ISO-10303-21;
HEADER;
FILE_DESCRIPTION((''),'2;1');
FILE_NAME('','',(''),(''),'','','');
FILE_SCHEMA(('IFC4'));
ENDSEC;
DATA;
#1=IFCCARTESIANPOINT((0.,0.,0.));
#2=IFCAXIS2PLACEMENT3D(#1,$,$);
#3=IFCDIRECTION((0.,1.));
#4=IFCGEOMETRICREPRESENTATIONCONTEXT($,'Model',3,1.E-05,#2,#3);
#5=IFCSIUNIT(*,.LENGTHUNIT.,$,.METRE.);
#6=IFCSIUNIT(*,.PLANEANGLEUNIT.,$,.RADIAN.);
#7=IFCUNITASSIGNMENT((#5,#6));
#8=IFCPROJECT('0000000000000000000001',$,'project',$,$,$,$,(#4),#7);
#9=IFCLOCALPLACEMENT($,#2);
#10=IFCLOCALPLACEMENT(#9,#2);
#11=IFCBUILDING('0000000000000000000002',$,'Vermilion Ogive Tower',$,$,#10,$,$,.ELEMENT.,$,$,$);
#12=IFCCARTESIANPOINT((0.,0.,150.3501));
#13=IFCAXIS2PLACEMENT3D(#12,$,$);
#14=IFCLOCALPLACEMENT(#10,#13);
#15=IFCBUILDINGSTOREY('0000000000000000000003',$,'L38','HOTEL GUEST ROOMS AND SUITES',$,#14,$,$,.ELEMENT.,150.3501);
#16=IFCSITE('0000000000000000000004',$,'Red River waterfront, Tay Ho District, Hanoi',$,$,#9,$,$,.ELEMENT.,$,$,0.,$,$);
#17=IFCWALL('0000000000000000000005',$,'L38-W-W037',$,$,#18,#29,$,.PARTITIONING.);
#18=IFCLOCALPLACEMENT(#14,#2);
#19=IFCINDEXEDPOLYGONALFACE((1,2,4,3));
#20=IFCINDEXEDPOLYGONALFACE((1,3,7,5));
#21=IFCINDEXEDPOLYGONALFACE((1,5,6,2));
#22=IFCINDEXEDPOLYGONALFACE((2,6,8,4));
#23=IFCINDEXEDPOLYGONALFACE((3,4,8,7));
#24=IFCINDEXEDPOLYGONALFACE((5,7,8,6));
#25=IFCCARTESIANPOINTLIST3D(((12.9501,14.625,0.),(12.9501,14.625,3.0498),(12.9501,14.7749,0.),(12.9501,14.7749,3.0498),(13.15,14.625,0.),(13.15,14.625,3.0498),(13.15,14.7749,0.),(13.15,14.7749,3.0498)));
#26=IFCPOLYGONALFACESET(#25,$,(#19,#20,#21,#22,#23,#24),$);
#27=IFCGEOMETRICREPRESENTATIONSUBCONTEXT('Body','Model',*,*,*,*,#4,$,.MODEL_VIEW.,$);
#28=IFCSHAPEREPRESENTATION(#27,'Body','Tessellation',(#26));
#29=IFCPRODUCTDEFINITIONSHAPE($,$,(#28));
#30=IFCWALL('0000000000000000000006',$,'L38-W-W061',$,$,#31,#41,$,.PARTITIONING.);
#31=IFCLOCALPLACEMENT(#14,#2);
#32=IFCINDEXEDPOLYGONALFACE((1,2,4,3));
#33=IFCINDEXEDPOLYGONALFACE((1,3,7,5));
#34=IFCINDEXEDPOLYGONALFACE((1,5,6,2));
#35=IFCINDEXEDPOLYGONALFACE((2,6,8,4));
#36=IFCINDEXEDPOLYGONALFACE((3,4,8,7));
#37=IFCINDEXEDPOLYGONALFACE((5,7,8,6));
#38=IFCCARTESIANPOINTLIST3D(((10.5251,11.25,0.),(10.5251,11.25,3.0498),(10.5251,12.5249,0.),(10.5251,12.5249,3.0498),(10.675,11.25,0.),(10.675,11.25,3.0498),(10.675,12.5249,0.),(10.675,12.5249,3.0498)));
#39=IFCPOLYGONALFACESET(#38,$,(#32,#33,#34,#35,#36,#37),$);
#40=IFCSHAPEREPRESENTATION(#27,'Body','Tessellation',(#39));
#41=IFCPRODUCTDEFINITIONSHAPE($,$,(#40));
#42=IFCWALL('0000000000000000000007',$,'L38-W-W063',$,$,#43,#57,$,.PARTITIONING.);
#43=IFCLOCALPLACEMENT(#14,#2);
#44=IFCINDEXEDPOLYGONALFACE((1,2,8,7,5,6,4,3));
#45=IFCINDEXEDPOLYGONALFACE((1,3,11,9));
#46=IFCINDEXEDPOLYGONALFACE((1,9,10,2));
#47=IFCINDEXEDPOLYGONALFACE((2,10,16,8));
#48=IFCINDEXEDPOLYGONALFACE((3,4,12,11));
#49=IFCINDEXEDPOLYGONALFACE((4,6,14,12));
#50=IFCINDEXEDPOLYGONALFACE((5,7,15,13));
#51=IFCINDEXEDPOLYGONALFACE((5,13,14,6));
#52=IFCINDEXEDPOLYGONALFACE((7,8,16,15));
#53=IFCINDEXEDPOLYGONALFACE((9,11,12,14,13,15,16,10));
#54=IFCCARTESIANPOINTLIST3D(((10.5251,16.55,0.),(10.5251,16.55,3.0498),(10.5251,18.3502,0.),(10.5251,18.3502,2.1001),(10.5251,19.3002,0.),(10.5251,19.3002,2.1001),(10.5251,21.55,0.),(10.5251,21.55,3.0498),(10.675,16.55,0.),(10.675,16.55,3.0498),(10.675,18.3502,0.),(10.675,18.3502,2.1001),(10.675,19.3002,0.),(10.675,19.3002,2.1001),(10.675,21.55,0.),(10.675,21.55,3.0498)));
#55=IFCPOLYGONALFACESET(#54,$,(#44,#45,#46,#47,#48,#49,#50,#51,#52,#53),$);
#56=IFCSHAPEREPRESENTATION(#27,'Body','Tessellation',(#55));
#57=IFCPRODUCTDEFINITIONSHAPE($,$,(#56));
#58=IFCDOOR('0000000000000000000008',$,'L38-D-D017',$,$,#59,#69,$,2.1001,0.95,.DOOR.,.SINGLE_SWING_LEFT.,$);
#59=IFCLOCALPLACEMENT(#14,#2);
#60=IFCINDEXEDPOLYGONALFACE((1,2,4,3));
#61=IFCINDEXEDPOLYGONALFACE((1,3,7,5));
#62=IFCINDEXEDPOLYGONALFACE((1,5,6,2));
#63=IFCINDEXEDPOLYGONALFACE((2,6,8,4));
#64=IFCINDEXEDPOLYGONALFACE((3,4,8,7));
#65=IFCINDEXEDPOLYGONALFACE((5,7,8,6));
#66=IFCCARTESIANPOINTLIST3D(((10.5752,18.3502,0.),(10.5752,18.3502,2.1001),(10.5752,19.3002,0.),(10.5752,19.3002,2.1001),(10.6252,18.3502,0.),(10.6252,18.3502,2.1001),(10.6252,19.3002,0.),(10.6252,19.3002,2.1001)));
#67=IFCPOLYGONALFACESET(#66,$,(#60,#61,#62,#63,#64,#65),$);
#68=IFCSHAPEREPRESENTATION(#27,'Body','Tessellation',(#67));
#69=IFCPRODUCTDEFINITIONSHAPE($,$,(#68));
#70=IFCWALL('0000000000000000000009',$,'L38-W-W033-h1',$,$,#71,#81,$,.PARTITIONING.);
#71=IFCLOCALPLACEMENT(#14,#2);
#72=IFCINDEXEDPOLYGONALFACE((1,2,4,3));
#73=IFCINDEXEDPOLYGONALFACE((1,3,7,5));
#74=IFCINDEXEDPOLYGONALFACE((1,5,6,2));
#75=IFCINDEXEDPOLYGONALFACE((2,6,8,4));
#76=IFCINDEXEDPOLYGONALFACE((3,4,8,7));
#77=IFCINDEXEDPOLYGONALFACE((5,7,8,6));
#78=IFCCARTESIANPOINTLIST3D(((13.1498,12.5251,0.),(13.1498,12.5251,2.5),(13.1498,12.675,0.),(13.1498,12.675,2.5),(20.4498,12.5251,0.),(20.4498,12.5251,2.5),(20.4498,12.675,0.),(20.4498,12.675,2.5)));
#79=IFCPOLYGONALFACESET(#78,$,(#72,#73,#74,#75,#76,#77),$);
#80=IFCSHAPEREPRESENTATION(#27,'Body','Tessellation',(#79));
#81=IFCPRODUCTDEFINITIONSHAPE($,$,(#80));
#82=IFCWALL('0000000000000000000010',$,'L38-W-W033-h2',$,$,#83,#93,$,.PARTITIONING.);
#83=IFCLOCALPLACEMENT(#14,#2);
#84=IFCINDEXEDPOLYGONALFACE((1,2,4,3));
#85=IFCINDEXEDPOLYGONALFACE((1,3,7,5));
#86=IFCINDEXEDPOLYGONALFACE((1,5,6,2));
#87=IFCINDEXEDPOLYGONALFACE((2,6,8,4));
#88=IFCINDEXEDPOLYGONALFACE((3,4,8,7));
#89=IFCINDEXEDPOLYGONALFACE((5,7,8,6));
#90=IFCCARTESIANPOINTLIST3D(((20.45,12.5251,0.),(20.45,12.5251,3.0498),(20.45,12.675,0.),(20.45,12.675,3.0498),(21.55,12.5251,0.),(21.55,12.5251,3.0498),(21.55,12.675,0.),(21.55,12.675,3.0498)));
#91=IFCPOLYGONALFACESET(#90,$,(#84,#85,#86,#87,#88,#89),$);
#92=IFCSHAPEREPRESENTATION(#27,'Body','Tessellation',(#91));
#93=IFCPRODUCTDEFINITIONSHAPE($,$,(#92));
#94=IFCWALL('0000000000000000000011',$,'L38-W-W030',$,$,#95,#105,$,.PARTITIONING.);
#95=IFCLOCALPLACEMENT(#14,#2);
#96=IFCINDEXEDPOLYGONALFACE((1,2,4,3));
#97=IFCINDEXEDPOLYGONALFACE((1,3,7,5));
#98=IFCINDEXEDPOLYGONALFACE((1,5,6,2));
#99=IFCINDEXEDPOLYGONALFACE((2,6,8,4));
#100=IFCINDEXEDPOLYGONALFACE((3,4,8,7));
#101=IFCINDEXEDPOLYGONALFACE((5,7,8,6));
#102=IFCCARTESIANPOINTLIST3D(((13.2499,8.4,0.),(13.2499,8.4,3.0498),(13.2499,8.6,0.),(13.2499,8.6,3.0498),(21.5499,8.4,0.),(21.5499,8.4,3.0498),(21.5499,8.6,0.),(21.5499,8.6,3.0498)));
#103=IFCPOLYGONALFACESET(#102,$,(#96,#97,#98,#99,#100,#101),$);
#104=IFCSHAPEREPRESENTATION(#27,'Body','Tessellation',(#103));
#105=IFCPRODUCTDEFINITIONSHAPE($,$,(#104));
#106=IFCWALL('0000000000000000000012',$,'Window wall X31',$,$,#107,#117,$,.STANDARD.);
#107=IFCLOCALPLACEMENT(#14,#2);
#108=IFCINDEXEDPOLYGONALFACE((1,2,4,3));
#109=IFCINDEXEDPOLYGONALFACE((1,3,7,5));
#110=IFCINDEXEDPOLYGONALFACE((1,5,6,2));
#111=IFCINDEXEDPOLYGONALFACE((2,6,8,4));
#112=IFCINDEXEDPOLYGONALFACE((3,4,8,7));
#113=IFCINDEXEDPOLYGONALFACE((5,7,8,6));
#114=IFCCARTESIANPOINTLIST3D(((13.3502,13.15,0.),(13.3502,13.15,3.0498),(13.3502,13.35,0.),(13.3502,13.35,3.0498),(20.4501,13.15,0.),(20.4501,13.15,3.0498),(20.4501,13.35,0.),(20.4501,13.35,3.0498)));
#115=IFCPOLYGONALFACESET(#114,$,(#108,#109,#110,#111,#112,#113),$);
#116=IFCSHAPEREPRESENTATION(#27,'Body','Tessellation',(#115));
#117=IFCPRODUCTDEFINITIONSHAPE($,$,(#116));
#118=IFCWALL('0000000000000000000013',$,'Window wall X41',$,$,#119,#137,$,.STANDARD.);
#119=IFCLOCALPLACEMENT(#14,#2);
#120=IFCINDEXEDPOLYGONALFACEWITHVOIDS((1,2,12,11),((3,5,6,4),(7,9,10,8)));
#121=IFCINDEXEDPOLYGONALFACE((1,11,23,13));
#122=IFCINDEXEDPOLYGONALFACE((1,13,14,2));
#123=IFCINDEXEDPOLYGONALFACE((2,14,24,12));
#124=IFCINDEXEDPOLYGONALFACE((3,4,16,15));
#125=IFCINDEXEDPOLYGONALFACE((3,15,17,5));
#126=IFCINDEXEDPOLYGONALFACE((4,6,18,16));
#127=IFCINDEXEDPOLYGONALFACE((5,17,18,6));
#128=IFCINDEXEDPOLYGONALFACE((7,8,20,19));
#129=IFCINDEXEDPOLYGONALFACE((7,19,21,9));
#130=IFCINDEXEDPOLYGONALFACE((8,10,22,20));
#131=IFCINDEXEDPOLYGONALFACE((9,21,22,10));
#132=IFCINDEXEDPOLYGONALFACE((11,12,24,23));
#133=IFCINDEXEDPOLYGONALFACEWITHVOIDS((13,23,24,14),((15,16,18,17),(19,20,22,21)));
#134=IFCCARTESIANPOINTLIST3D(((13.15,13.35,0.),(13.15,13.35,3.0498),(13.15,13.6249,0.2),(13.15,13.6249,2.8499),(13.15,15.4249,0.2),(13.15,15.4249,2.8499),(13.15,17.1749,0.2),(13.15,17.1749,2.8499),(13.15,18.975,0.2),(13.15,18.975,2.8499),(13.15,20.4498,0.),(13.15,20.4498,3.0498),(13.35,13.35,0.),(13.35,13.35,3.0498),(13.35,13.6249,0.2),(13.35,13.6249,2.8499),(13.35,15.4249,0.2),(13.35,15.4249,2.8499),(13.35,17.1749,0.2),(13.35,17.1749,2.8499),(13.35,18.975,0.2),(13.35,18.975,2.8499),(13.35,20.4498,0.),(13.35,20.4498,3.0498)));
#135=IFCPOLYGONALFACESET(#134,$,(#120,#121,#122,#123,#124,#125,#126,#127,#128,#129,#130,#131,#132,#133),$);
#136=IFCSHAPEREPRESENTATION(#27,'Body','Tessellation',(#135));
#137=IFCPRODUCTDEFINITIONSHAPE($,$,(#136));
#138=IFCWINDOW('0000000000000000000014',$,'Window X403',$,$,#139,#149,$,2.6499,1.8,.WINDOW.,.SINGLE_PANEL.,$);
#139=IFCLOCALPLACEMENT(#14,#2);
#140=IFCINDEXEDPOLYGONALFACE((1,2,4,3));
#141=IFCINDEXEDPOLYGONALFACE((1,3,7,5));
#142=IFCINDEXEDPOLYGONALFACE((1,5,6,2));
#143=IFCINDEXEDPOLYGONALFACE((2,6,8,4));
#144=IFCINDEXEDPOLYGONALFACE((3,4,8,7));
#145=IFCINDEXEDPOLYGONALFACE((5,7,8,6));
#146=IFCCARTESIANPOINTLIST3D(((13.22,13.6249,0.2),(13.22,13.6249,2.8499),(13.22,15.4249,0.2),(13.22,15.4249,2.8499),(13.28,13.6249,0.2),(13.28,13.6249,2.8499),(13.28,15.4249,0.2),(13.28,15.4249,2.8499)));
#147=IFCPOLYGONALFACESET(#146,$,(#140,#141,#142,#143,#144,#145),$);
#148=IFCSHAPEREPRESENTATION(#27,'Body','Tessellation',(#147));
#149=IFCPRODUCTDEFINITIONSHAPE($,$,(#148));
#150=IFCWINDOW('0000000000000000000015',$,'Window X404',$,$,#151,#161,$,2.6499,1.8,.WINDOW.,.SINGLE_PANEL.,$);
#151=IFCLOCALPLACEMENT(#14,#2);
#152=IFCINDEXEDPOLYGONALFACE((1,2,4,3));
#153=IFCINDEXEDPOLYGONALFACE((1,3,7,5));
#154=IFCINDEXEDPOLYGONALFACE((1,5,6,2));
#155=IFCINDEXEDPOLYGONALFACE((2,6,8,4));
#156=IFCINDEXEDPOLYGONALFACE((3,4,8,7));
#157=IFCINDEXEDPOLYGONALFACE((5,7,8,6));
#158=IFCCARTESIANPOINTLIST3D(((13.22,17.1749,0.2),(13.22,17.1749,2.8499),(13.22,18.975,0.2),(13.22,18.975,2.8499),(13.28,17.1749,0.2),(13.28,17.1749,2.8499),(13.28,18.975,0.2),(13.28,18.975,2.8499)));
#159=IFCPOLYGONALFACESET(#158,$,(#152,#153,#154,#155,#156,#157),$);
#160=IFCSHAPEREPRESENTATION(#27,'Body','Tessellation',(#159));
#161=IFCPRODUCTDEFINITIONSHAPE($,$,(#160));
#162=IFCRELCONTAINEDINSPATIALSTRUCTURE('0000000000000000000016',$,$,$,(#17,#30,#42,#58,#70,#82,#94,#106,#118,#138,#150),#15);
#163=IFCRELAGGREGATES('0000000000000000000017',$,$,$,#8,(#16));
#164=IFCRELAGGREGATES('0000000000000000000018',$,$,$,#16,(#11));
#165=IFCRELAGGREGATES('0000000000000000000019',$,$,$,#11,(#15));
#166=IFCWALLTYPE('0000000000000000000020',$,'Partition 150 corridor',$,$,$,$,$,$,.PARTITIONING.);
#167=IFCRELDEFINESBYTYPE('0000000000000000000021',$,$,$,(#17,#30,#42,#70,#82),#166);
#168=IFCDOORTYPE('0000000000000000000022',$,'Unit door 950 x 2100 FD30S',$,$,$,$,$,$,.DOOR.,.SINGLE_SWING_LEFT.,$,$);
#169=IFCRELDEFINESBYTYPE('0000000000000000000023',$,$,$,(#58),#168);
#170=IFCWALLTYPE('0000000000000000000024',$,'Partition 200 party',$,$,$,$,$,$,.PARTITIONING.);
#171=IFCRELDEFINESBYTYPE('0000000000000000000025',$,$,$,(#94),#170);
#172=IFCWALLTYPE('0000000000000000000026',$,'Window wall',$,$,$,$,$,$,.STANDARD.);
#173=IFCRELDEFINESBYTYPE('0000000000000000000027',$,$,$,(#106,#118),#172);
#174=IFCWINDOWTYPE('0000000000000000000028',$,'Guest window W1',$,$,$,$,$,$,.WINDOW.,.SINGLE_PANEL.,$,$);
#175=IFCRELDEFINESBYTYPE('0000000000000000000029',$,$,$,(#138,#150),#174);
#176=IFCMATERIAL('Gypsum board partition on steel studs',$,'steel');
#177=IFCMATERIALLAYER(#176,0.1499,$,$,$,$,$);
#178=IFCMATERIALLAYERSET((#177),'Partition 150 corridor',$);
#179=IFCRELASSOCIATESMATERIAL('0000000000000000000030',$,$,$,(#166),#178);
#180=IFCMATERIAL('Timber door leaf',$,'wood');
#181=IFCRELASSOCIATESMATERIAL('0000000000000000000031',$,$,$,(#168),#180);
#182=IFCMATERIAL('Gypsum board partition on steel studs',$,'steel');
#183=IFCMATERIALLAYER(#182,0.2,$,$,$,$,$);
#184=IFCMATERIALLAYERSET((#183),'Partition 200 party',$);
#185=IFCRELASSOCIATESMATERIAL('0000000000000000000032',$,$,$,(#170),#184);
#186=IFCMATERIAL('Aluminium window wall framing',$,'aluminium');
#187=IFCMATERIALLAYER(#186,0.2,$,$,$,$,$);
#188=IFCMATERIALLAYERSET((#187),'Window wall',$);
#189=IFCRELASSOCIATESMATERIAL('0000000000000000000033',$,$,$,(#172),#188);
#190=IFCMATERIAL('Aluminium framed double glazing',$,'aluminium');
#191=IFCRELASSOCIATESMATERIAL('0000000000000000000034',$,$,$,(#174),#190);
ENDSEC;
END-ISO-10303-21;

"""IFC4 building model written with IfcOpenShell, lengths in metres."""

from ifc_helpers import new_model, si_unit, direction, frame, frame_2d, origin, place, context, subcontext, project, spatial, rectangle, extrude, material, layer, layer_set, type_object, element, fill, save


model = new_model("IFC4")

# Units and contexts
model_context = context("Model", 3, precision=1e-05, world=origin(), true_north=direction((0.0, 1.0)))
body_context = subcontext(model_context, "Body", "Model", "MODEL_VIEW")
ifc_project = project(units=[si_unit("LENGTHUNIT", "METRE"), si_unit("PLANEANGLEUNIT", "RADIAN")], contexts=[model_context])

# Site, building, storey
site_placement = place(None, origin())
site = spatial("IfcSite", under=ifc_project, at=site_placement, Name="Red River waterfront, Tay Ho District, Hanoi", CompositionType="ELEMENT", RefElevation=0.0)
building_placement = place(site_placement, origin())
building = spatial("IfcBuilding", under=site, at=building_placement, Name="Vermilion Ogive Tower", CompositionType="ELEMENT")
storey_placement = place(building_placement, frame((0.0, 0.0, 150.3501)))
storey = spatial("IfcBuildingStorey", under=building, at=storey_placement, Name="L38", Description="HOTEL GUEST ROOMS AND SUITES", CompositionType="ELEMENT", Elevation=150.3501)

# Walls
ifc_material_1 = material(Name="Gypsum board partition on steel studs", Category="steel")
ifc_layer_1 = layer(ifc_material_1, 0.1499)
ifc_layer_set_1 = layer_set([ifc_layer_1], Name="Partition 150 corridor")
wall_type_1 = type_object("IfcWallType", Name="Partition 150 corridor", PredefinedType="PARTITIONING", material=ifc_layer_set_1)
wall_1_placement = place(storey_placement, frame((12.95, 14.7, 0.0), z_axis=(0.0, 0.0, 1.0), x_axis=(1.0, 0.0, 0.0)))
element("IfcWall", 1, at=wall_1_placement, inside=storey, type_object=wall_type_1, Name="L38-W-W037", PredefinedType="PARTITIONING", context=body_context, shape_type="SweptSolid", body=[
    extrude(rectangle(XDim=0.2, YDim=0.1499, at=frame_2d((0.1001, 0.0))), origin(), (0.0, 0.0, 1.0), 3.0498),
])
wall_2_placement = place(storey_placement, frame((10.6001, 11.25, 0.0), z_axis=(0.0, 0.0, 1.0), x_axis=(0.0, 1.0, 0.0)))
element("IfcWall", 2, at=wall_2_placement, inside=storey, type_object=wall_type_1, Name="L38-W-W061", PredefinedType="PARTITIONING", context=body_context, shape_type="SweptSolid", body=[
    extrude(rectangle(XDim=1.2749, YDim=0.1499, at=frame_2d((0.6375, 0.0))), origin(), (0.0, 0.0, 1.0), 3.0498),
])

# Wall, opening, door
wall_3_placement = place(storey_placement, frame((10.6001, 16.55, 0.0), z_axis=(0.0, 0.0, 1.0), x_axis=(0.0, 1.0, 0.0)))
wall_3 = element("IfcWall", 3, at=wall_3_placement, inside=storey, type_object=wall_type_1, Name="L38-W-W063", PredefinedType="PARTITIONING", context=body_context, shape_type="SweptSolid", body=[
    extrude(rectangle(XDim=5.0, YDim=0.1499, at=frame_2d((2.5, 0.0))), origin(), (0.0, 0.0, 1.0), 3.0498),
])
opening_1_placement = place(wall_3_placement, frame((1.8, 0.0, 0.0)))
opening_1 = element("IfcOpeningElement", 4, at=opening_1_placement, cuts=wall_3, PredefinedType="OPENING", context=body_context, shape_type="SweptSolid", body=[
    extrude(rectangle(XDim=0.95, YDim=2.1001, at=frame_2d((0.4751, 1.05))), frame((0.0, 0.085, 0.0), z_axis=(0.0, -1.0, 0.0), x_axis=(1.0, 0.0, 0.0)), (0.0, 0.0, 1.0), 0.1699),
])
ifc_material_2 = material(Name="Timber door leaf", Category="wood")
door_type = type_object("IfcDoorType", Name="Unit door 950 x 2100 FD30S", OperationType="SINGLE_SWING_LEFT", PredefinedType="DOOR", material=ifc_material_2)
door_placement = place(opening_1_placement, origin())
door = element("IfcDoor", 5, at=door_placement, inside=storey, type_object=door_type, Name="L38-D-D017", OperationType="SINGLE_SWING_LEFT", OverallHeight=2.1001, OverallWidth=0.95, PredefinedType="DOOR", context=body_context, shape_type="SweptSolid", body=[
    extrude(rectangle(XDim=0.95, YDim=2.1001, at=frame_2d((0.4751, 1.05))), frame((0.0, 0.0249, 0.0), z_axis=(0.0, -1.0, 0.0), x_axis=(1.0, 0.0, 0.0)), (0.0, 0.0, 1.0), 0.05),
])
fill(opening_1, door)

# Walls
wall_4_placement = place(storey_placement, frame((13.1499, 12.6001, 0.0), z_axis=(0.0, 0.0, 1.0), x_axis=(1.0, 0.0, 0.0)))
element("IfcWall", 6, at=wall_4_placement, inside=storey, type_object=wall_type_1, Name="L38-W-W033-h1", PredefinedType="PARTITIONING", context=body_context, shape_type="SweptSolid", body=[
    extrude(rectangle(XDim=7.3, YDim=0.1499, at=frame_2d((3.6499, 0.0))), origin(), (0.0, 0.0, 1.0), 2.5),
])
wall_5_placement = place(storey_placement, frame((20.45, 12.6001, 0.0), z_axis=(0.0, 0.0, 1.0), x_axis=(1.0, 0.0, 0.0)))
element("IfcWall", 7, at=wall_5_placement, inside=storey, type_object=wall_type_1, Name="L38-W-W033-h2", PredefinedType="PARTITIONING", context=body_context, shape_type="SweptSolid", body=[
    extrude(rectangle(XDim=1.1001, YDim=0.1499, at=frame_2d((0.55, 0.0))), origin(), (0.0, 0.0, 1.0), 3.0498),
])
ifc_material_3 = material(Name="Gypsum board partition on steel studs", Category="steel")
ifc_layer_2 = layer(ifc_material_3, 0.2)
ifc_layer_set_2 = layer_set([ifc_layer_2], Name="Partition 200 party")
wall_type_2 = type_object("IfcWallType", Name="Partition 200 party", PredefinedType="PARTITIONING", material=ifc_layer_set_2)
wall_6_placement = place(storey_placement, frame((13.25, 8.5, 0.0), z_axis=(0.0, 0.0, 1.0), x_axis=(1.0, 0.0, 0.0)))
element("IfcWall", 8, at=wall_6_placement, inside=storey, type_object=wall_type_2, Name="L38-W-W030", PredefinedType="PARTITIONING", context=body_context, shape_type="SweptSolid", body=[
    extrude(rectangle(XDim=8.3, YDim=0.2, at=frame_2d((4.1499, 0.0))), origin(), (0.0, 0.0, 1.0), 3.0498),
])
ifc_material_4 = material(Name="Aluminium window wall framing", Category="aluminium")
ifc_layer_3 = layer(ifc_material_4, 0.2)
ifc_layer_set_3 = layer_set([ifc_layer_3], Name="Window wall")
wall_type_3 = type_object("IfcWallType", Name="Window wall", PredefinedType="STANDARD", material=ifc_layer_set_3)
wall_7_placement = place(storey_placement, frame((20.45, 13.25, 0.0), z_axis=(0.0, 0.0, 1.0), x_axis=(-1.0, 0.0, 0.0)))
element("IfcWall", 9, at=wall_7_placement, inside=storey, type_object=wall_type_3, Name="Window wall X31", PredefinedType="STANDARD", context=body_context, shape_type="SweptSolid", body=[
    extrude(rectangle(XDim=7.0999, YDim=0.2, at=frame_2d((3.5498, 0.0))), origin(), (0.0, 0.0, 1.0), 3.0498),
])

# Wall, openings, windows
wall_8_placement = place(storey_placement, frame((13.25, 13.3501, 0.0), z_axis=(0.0, 0.0, 1.0), x_axis=(0.0, 1.0, 0.0)))
wall_8 = element("IfcWall", 10, at=wall_8_placement, inside=storey, type_object=wall_type_3, Name="Window wall X41", PredefinedType="STANDARD", context=body_context, shape_type="SweptSolid", body=[
    extrude(rectangle(XDim=7.0999, YDim=0.2, at=frame_2d((3.5498, 0.0))), origin(), (0.0, 0.0, 1.0), 3.0498),
])
opening_2_placement = place(wall_8_placement, frame((0.2749, 0.0, 0.2)))
opening_2 = element("IfcOpeningElement", 11, at=opening_2_placement, cuts=wall_8, PredefinedType="OPENING", context=body_context, shape_type="SweptSolid", body=[
    extrude(rectangle(XDim=1.8, YDim=2.6499, at=frame_2d((0.8999, 1.325))), frame((0.0, 0.1099, 0.0), z_axis=(0.0, -1.0, 0.0), x_axis=(1.0, 0.0, 0.0)), (0.0, 0.0, 1.0), 0.22),
])
opening_3_placement = place(wall_8_placement, frame((3.825, 0.0, 0.2)))
opening_3 = element("IfcOpeningElement", 12, at=opening_3_placement, cuts=wall_8, PredefinedType="OPENING", context=body_context, shape_type="SweptSolid", body=[
    extrude(rectangle(XDim=1.8, YDim=2.6499, at=frame_2d((0.8999, 1.325))), frame((0.0, 0.1099, 0.0), z_axis=(0.0, -1.0, 0.0), x_axis=(1.0, 0.0, 0.0)), (0.0, 0.0, 1.0), 0.22),
])
ifc_material_5 = material(Name="Aluminium framed double glazing", Category="aluminium")
window_type = type_object("IfcWindowType", Name="Guest window W1", PartitioningType="SINGLE_PANEL", PredefinedType="WINDOW", material=ifc_material_5)
window_1_placement = place(opening_2_placement, origin())
window_1 = element("IfcWindow", 13, at=window_1_placement, inside=storey, type_object=window_type, Name="Window X403", OverallHeight=2.6499, OverallWidth=1.8, PartitioningType="SINGLE_PANEL", PredefinedType="WINDOW", context=body_context, shape_type="SweptSolid", body=[
    extrude(rectangle(XDim=1.8, YDim=2.6499, at=frame_2d((0.8999, 1.325))), frame((0.0, 0.03, 0.0), z_axis=(0.0, -1.0, 0.0), x_axis=(1.0, 0.0, 0.0)), (0.0, 0.0, 1.0), 0.0601),
])
fill(opening_2, window_1)
window_2_placement = place(opening_3_placement, origin())
window_2 = element("IfcWindow", 14, at=window_2_placement, inside=storey, type_object=window_type, Name="Window X404", OverallHeight=2.6499, OverallWidth=1.8, PartitioningType="SINGLE_PANEL", PredefinedType="WINDOW", context=body_context, shape_type="SweptSolid", body=[
    extrude(rectangle(XDim=1.8, YDim=2.6499, at=frame_2d((0.8999, 1.325))), frame((0.0, 0.03, 0.0), z_axis=(0.0, -1.0, 0.0), x_axis=(1.0, 0.0, 0.0)), (0.0, 0.0, 1.0), 0.0601),
])
fill(opening_3, window_2)

save(model, "model.ifc")
